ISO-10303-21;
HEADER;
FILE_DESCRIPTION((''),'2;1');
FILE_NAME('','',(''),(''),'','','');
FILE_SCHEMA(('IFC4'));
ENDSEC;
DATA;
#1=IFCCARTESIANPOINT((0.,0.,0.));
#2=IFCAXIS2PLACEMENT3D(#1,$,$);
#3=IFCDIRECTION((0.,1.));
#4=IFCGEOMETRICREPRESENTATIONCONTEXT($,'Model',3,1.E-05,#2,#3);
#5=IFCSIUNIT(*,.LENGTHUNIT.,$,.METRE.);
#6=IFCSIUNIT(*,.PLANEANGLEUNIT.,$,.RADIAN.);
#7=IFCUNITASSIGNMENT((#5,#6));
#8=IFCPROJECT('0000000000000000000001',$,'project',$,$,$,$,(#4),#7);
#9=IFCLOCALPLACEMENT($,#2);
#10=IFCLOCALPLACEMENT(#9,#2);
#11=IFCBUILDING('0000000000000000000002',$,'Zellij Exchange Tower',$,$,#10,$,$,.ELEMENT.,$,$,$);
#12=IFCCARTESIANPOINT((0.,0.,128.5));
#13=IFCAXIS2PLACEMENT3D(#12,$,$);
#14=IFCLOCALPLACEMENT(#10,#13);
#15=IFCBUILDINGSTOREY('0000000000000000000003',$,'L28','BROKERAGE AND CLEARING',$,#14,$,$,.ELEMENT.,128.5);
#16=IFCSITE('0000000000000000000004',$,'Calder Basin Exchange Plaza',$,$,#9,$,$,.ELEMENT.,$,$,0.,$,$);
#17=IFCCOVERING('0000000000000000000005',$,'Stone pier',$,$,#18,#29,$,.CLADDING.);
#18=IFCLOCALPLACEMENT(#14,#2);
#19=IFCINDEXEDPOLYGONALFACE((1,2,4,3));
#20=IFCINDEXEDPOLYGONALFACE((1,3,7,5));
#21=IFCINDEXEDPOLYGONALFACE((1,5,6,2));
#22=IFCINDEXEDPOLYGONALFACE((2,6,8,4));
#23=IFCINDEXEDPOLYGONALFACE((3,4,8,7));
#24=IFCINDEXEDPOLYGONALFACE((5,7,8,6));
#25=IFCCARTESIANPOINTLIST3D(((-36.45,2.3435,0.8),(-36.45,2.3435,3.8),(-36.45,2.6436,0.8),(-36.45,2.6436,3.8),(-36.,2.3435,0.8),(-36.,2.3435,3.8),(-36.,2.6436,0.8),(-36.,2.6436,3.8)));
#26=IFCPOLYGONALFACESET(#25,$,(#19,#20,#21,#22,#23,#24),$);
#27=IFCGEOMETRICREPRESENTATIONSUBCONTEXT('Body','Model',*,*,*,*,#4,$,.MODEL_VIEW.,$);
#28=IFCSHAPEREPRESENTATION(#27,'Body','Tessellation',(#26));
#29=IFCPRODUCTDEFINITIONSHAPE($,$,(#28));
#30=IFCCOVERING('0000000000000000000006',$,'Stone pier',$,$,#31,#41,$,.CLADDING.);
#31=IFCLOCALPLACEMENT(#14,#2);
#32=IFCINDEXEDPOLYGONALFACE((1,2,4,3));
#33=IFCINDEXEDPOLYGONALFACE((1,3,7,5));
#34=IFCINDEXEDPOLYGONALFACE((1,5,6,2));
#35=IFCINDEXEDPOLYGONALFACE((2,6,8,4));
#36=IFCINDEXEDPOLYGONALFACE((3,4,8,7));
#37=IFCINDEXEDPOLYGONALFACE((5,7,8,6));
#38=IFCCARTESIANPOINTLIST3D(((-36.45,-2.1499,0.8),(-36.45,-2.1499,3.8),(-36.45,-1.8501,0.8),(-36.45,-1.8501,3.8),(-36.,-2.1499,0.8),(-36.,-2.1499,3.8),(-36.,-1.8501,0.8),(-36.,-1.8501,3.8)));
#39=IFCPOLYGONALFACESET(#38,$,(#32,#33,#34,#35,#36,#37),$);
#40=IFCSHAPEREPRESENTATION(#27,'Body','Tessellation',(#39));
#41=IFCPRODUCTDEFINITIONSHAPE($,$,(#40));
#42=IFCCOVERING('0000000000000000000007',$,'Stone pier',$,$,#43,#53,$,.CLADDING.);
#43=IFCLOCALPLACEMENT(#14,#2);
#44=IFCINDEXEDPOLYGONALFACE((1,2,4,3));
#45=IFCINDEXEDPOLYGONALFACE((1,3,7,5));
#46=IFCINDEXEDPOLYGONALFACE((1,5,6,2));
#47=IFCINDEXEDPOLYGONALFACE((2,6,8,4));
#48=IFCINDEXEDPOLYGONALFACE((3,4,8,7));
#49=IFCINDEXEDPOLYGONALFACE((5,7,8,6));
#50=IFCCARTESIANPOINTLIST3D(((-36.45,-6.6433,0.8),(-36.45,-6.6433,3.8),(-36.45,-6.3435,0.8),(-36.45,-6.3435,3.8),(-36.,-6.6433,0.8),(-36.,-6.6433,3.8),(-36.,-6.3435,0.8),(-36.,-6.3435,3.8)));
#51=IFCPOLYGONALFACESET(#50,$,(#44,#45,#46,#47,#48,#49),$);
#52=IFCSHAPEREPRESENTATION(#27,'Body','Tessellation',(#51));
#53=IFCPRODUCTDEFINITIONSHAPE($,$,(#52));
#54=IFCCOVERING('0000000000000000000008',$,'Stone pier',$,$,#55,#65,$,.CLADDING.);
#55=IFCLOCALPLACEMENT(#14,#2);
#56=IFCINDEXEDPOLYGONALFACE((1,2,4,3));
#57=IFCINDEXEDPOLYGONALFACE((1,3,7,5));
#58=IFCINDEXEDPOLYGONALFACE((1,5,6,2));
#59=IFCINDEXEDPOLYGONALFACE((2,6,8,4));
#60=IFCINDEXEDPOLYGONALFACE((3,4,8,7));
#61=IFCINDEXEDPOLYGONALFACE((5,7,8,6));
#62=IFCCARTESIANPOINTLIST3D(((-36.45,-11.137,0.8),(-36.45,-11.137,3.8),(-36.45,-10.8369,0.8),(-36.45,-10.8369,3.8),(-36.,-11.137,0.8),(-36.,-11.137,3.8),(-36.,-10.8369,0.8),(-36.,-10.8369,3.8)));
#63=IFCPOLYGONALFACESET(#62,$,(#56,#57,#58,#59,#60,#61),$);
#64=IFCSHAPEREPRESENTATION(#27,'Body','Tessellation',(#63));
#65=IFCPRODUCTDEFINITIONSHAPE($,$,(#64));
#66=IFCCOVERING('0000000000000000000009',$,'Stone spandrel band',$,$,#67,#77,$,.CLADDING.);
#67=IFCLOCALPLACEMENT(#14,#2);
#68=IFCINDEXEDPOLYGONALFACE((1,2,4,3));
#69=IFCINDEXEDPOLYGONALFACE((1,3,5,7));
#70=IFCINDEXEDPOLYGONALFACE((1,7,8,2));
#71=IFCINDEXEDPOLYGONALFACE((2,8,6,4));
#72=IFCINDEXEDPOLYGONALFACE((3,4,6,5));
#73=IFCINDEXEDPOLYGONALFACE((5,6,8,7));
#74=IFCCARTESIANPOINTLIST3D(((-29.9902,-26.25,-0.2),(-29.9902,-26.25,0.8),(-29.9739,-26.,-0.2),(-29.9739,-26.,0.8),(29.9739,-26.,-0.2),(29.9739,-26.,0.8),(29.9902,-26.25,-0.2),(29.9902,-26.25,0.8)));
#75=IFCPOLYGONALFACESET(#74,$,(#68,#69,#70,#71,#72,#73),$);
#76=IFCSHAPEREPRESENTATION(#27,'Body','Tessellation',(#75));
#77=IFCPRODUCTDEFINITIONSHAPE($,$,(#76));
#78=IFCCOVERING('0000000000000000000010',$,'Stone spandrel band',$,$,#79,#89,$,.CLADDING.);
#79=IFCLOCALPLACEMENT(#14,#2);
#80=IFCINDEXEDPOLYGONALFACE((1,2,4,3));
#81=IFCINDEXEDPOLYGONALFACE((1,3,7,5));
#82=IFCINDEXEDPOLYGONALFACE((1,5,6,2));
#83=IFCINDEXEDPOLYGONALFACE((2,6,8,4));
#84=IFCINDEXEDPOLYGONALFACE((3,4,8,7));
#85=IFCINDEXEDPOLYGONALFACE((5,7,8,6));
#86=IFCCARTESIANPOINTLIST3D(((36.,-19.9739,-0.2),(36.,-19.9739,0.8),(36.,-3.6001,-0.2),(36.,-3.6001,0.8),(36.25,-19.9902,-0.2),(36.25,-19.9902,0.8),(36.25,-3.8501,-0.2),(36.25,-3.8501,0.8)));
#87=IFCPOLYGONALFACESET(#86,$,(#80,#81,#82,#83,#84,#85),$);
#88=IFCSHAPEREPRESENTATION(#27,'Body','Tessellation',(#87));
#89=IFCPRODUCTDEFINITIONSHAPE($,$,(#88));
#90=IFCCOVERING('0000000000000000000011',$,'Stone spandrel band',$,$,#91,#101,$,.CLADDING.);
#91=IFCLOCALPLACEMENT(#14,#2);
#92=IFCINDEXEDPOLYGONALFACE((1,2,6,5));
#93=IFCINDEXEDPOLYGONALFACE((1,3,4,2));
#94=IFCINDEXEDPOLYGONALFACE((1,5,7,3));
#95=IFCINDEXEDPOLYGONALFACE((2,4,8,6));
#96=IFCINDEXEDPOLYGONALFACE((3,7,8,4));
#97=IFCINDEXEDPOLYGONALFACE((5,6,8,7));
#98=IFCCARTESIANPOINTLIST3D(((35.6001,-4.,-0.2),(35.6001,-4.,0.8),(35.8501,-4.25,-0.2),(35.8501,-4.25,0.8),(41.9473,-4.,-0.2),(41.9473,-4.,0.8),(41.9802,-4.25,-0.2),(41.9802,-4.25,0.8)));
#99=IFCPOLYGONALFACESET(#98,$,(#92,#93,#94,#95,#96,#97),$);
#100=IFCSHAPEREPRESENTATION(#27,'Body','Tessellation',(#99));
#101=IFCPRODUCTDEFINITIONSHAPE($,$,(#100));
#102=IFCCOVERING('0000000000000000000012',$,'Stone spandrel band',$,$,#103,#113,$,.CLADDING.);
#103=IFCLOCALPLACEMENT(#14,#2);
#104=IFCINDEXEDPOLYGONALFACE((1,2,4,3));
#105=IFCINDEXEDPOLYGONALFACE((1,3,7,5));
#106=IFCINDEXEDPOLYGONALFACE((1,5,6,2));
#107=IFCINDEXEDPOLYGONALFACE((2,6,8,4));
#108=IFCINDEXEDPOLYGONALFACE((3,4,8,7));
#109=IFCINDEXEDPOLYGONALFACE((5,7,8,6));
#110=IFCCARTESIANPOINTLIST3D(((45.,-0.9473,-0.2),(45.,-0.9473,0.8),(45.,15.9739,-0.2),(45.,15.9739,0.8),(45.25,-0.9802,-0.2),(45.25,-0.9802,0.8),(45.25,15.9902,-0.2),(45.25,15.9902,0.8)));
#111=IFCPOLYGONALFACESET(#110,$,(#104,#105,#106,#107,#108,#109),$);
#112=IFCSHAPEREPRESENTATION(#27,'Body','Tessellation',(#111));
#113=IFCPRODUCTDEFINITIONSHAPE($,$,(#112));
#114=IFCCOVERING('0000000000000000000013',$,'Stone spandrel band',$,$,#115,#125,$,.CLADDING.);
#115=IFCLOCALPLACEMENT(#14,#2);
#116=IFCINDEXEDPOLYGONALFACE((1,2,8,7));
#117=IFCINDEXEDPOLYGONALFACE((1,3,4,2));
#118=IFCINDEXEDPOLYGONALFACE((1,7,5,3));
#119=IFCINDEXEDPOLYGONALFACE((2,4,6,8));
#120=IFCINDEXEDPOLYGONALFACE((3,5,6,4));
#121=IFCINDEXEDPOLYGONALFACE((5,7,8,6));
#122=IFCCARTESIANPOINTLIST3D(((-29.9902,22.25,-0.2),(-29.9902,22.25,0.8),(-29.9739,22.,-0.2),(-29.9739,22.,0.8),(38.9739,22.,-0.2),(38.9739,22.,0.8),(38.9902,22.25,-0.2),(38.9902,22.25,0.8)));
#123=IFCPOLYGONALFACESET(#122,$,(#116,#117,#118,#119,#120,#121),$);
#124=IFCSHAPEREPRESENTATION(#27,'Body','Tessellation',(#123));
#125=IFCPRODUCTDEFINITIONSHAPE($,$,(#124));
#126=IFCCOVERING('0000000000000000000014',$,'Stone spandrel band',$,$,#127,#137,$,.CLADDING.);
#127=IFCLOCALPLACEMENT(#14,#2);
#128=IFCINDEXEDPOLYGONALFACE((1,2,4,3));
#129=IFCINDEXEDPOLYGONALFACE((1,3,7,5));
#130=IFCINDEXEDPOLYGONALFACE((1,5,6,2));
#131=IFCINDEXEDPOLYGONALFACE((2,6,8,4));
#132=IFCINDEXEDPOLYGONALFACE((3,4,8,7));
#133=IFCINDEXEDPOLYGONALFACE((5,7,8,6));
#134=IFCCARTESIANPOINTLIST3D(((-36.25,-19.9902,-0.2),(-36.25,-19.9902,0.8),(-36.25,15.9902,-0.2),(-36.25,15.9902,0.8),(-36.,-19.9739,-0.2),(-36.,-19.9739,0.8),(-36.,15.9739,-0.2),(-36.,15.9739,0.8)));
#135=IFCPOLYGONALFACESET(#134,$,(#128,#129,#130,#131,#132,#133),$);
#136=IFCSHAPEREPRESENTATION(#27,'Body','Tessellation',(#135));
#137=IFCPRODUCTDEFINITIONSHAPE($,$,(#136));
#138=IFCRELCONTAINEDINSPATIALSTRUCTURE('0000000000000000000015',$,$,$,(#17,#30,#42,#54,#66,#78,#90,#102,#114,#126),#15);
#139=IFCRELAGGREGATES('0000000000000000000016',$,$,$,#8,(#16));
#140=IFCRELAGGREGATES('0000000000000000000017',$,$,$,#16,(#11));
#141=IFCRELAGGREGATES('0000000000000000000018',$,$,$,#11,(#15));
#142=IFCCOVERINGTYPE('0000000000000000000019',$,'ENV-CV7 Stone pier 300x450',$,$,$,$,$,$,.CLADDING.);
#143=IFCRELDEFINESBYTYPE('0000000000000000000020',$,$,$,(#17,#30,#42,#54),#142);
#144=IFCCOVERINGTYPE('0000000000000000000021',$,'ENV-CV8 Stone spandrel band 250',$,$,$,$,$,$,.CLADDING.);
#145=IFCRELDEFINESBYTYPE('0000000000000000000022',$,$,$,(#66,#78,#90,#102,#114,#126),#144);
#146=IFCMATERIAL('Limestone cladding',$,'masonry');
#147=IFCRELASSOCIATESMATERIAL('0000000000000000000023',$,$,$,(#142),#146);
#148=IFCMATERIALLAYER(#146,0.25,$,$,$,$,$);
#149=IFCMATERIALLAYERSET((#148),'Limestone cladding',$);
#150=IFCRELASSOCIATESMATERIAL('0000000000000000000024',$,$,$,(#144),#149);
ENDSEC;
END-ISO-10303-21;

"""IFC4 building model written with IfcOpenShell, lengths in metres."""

from ifc_helpers import new_model, si_unit, direction, frame, origin, place, context, subcontext, project, spatial, polyline, outline, extrude, material, layer, layer_set, type_object, element, save


model = new_model("IFC4")

# Units and contexts
model_context = context("Model", 3, precision=1e-05, world=origin(), true_north=direction((0.0, 1.0)))
body_context = subcontext(model_context, "Body", "Model", "MODEL_VIEW")
ifc_project = project(units=[si_unit("LENGTHUNIT", "METRE"), si_unit("PLANEANGLEUNIT", "RADIAN")], contexts=[model_context])

# Site, building, storey
site_placement = place(None, origin())
site = spatial("IfcSite", under=ifc_project, at=site_placement, Name="Calder Basin Exchange Plaza", CompositionType="ELEMENT", RefElevation=0.0)
building_placement = place(site_placement, origin())
building = spatial("IfcBuilding", under=site, at=building_placement, Name="Zellij Exchange Tower", CompositionType="ELEMENT")
storey_placement = place(building_placement, frame((0.0, 0.0, 128.5)))
storey = spatial("IfcBuildingStorey", under=building, at=storey_placement, Name="L28", Description="BROKERAGE AND CLEARING", CompositionType="ELEMENT", Elevation=128.5)

# Coverings
ifc_material_1 = material(Name="Limestone cladding", Category="masonry")
covering_type_1 = type_object("IfcCoveringType", Name="ENV-CV7 Stone pier 300x450", PredefinedType="CLADDING", material=ifc_material_1)
covering_1_placement = place(storey_placement, frame((0.0, 0.0, 0.8)))
element("IfcCovering", 1, at=covering_1_placement, inside=storey, type_object=covering_type_1, Name="Stone pier", PredefinedType="CLADDING", context=body_context, shape_type="SweptSolid", body=[
    extrude(outline(polyline([(-36.0, 2.6436), (-36.0, 2.3435), (-36.45, 2.3435), (-36.45, 2.6436), (-36.0, 2.6436)])), origin(), (0.0, 0.0, 1.0), 3.0),
])
covering_2_placement = place(storey_placement, frame((0.0, 0.0, 0.8)))
element("IfcCovering", 2, at=covering_2_placement, inside=storey, type_object=covering_type_1, Name="Stone pier", PredefinedType="CLADDING", context=body_context, shape_type="SweptSolid", body=[
    extrude(outline(polyline([(-36.0, -1.8501), (-36.0, -2.1499), (-36.45, -2.1499), (-36.45, -1.8501), (-36.0, -1.8501)])), origin(), (0.0, 0.0, 1.0), 3.0),
])
covering_3_placement = place(storey_placement, frame((0.0, 0.0, 0.8)))
element("IfcCovering", 3, at=covering_3_placement, inside=storey, type_object=covering_type_1, Name="Stone pier", PredefinedType="CLADDING", context=body_context, shape_type="SweptSolid", body=[
    extrude(outline(polyline([(-36.0, -6.3435), (-36.0, -6.6433), (-36.45, -6.6433), (-36.45, -6.3435), (-36.0, -6.3435)])), origin(), (0.0, 0.0, 1.0), 3.0),
])
covering_4_placement = place(storey_placement, frame((0.0, 0.0, 0.8)))
element("IfcCovering", 4, at=covering_4_placement, inside=storey, type_object=covering_type_1, Name="Stone pier", PredefinedType="CLADDING", context=body_context, shape_type="SweptSolid", body=[
    extrude(outline(polyline([(-36.0, -10.8369), (-36.0, -11.137), (-36.45, -11.137), (-36.45, -10.8369), (-36.0, -10.8369)])), origin(), (0.0, 0.0, 1.0), 3.0),
])
ifc_layer_1 = layer(ifc_material_1, 0.25)
ifc_layer_set_1 = layer_set([ifc_layer_1], Name="Limestone cladding")
covering_type_2 = type_object("IfcCoveringType", Name="ENV-CV8 Stone spandrel band 250", PredefinedType="CLADDING", material=ifc_layer_set_1)
covering_5_placement = place(storey_placement, frame((0.0, 0.0, -0.2)))
element("IfcCovering", 5, at=covering_5_placement, inside=storey, type_object=covering_type_2, Name="Stone spandrel band", PredefinedType="CLADDING", context=body_context, shape_type="SweptSolid", body=[
    extrude(outline(polyline([(-29.9739, -26.0), (29.9739, -26.0), (29.9902, -26.25), (-29.9902, -26.25), (-29.9739, -26.0)])), origin(), (0.0, 0.0, 1.0), 1.0),
])
covering_6_placement = place(storey_placement, frame((0.0, 0.0, -0.2)))
element("IfcCovering", 6, at=covering_6_placement, inside=storey, type_object=covering_type_2, Name="Stone spandrel band", PredefinedType="CLADDING", context=body_context, shape_type="SweptSolid", body=[
    extrude(outline(polyline([(36.0, -19.9739), (36.0, -3.6001), (36.25, -3.8501), (36.25, -19.9902), (36.0, -19.9739)])), origin(), (0.0, 0.0, 1.0), 1.0),
])
covering_7_placement = place(storey_placement, frame((0.0, 0.0, -0.2)))
element("IfcCovering", 7, at=covering_7_placement, inside=storey, type_object=covering_type_2, Name="Stone spandrel band", PredefinedType="CLADDING", context=body_context, shape_type="SweptSolid", body=[
    extrude(outline(polyline([(35.6001, -4.0), (41.9473, -4.0), (41.9802, -4.25), (35.8501, -4.25), (35.6001, -4.0)])), origin(), (0.0, 0.0, 1.0), 1.0),
])
covering_8_placement = place(storey_placement, frame((0.0, 0.0, -0.2)))
element("IfcCovering", 8, at=covering_8_placement, inside=storey, type_object=covering_type_2, Name="Stone spandrel band", PredefinedType="CLADDING", context=body_context, shape_type="SweptSolid", body=[
    extrude(outline(polyline([(45.0, -0.9473), (45.0, 15.9739), (45.25, 15.9902), (45.25, -0.9802), (45.0, -0.9473)])), origin(), (0.0, 0.0, 1.0), 1.0),
])
covering_9_placement = place(storey_placement, frame((0.0, 0.0, -0.2)))
element("IfcCovering", 9, at=covering_9_placement, inside=storey, type_object=covering_type_2, Name="Stone spandrel band", PredefinedType="CLADDING", context=body_context, shape_type="SweptSolid", body=[
    extrude(outline(polyline([(38.9739, 22.0), (-29.9739, 22.0), (-29.9902, 22.25), (38.9902, 22.25), (38.9739, 22.0)])), origin(), (0.0, 0.0, 1.0), 1.0),
])
covering_10_placement = place(storey_placement, frame((0.0, 0.0, -0.2)))
element("IfcCovering", 10, at=covering_10_placement, inside=storey, type_object=covering_type_2, Name="Stone spandrel band", PredefinedType="CLADDING", context=body_context, shape_type="SweptSolid", body=[
    extrude(outline(polyline([(-36.0, 15.9739), (-36.0, -19.9739), (-36.25, -19.9902), (-36.25, 15.9902), (-36.0, 15.9739)])), origin(), (0.0, 0.0, 1.0), 1.0),
])

save(model, "model.ifc")
